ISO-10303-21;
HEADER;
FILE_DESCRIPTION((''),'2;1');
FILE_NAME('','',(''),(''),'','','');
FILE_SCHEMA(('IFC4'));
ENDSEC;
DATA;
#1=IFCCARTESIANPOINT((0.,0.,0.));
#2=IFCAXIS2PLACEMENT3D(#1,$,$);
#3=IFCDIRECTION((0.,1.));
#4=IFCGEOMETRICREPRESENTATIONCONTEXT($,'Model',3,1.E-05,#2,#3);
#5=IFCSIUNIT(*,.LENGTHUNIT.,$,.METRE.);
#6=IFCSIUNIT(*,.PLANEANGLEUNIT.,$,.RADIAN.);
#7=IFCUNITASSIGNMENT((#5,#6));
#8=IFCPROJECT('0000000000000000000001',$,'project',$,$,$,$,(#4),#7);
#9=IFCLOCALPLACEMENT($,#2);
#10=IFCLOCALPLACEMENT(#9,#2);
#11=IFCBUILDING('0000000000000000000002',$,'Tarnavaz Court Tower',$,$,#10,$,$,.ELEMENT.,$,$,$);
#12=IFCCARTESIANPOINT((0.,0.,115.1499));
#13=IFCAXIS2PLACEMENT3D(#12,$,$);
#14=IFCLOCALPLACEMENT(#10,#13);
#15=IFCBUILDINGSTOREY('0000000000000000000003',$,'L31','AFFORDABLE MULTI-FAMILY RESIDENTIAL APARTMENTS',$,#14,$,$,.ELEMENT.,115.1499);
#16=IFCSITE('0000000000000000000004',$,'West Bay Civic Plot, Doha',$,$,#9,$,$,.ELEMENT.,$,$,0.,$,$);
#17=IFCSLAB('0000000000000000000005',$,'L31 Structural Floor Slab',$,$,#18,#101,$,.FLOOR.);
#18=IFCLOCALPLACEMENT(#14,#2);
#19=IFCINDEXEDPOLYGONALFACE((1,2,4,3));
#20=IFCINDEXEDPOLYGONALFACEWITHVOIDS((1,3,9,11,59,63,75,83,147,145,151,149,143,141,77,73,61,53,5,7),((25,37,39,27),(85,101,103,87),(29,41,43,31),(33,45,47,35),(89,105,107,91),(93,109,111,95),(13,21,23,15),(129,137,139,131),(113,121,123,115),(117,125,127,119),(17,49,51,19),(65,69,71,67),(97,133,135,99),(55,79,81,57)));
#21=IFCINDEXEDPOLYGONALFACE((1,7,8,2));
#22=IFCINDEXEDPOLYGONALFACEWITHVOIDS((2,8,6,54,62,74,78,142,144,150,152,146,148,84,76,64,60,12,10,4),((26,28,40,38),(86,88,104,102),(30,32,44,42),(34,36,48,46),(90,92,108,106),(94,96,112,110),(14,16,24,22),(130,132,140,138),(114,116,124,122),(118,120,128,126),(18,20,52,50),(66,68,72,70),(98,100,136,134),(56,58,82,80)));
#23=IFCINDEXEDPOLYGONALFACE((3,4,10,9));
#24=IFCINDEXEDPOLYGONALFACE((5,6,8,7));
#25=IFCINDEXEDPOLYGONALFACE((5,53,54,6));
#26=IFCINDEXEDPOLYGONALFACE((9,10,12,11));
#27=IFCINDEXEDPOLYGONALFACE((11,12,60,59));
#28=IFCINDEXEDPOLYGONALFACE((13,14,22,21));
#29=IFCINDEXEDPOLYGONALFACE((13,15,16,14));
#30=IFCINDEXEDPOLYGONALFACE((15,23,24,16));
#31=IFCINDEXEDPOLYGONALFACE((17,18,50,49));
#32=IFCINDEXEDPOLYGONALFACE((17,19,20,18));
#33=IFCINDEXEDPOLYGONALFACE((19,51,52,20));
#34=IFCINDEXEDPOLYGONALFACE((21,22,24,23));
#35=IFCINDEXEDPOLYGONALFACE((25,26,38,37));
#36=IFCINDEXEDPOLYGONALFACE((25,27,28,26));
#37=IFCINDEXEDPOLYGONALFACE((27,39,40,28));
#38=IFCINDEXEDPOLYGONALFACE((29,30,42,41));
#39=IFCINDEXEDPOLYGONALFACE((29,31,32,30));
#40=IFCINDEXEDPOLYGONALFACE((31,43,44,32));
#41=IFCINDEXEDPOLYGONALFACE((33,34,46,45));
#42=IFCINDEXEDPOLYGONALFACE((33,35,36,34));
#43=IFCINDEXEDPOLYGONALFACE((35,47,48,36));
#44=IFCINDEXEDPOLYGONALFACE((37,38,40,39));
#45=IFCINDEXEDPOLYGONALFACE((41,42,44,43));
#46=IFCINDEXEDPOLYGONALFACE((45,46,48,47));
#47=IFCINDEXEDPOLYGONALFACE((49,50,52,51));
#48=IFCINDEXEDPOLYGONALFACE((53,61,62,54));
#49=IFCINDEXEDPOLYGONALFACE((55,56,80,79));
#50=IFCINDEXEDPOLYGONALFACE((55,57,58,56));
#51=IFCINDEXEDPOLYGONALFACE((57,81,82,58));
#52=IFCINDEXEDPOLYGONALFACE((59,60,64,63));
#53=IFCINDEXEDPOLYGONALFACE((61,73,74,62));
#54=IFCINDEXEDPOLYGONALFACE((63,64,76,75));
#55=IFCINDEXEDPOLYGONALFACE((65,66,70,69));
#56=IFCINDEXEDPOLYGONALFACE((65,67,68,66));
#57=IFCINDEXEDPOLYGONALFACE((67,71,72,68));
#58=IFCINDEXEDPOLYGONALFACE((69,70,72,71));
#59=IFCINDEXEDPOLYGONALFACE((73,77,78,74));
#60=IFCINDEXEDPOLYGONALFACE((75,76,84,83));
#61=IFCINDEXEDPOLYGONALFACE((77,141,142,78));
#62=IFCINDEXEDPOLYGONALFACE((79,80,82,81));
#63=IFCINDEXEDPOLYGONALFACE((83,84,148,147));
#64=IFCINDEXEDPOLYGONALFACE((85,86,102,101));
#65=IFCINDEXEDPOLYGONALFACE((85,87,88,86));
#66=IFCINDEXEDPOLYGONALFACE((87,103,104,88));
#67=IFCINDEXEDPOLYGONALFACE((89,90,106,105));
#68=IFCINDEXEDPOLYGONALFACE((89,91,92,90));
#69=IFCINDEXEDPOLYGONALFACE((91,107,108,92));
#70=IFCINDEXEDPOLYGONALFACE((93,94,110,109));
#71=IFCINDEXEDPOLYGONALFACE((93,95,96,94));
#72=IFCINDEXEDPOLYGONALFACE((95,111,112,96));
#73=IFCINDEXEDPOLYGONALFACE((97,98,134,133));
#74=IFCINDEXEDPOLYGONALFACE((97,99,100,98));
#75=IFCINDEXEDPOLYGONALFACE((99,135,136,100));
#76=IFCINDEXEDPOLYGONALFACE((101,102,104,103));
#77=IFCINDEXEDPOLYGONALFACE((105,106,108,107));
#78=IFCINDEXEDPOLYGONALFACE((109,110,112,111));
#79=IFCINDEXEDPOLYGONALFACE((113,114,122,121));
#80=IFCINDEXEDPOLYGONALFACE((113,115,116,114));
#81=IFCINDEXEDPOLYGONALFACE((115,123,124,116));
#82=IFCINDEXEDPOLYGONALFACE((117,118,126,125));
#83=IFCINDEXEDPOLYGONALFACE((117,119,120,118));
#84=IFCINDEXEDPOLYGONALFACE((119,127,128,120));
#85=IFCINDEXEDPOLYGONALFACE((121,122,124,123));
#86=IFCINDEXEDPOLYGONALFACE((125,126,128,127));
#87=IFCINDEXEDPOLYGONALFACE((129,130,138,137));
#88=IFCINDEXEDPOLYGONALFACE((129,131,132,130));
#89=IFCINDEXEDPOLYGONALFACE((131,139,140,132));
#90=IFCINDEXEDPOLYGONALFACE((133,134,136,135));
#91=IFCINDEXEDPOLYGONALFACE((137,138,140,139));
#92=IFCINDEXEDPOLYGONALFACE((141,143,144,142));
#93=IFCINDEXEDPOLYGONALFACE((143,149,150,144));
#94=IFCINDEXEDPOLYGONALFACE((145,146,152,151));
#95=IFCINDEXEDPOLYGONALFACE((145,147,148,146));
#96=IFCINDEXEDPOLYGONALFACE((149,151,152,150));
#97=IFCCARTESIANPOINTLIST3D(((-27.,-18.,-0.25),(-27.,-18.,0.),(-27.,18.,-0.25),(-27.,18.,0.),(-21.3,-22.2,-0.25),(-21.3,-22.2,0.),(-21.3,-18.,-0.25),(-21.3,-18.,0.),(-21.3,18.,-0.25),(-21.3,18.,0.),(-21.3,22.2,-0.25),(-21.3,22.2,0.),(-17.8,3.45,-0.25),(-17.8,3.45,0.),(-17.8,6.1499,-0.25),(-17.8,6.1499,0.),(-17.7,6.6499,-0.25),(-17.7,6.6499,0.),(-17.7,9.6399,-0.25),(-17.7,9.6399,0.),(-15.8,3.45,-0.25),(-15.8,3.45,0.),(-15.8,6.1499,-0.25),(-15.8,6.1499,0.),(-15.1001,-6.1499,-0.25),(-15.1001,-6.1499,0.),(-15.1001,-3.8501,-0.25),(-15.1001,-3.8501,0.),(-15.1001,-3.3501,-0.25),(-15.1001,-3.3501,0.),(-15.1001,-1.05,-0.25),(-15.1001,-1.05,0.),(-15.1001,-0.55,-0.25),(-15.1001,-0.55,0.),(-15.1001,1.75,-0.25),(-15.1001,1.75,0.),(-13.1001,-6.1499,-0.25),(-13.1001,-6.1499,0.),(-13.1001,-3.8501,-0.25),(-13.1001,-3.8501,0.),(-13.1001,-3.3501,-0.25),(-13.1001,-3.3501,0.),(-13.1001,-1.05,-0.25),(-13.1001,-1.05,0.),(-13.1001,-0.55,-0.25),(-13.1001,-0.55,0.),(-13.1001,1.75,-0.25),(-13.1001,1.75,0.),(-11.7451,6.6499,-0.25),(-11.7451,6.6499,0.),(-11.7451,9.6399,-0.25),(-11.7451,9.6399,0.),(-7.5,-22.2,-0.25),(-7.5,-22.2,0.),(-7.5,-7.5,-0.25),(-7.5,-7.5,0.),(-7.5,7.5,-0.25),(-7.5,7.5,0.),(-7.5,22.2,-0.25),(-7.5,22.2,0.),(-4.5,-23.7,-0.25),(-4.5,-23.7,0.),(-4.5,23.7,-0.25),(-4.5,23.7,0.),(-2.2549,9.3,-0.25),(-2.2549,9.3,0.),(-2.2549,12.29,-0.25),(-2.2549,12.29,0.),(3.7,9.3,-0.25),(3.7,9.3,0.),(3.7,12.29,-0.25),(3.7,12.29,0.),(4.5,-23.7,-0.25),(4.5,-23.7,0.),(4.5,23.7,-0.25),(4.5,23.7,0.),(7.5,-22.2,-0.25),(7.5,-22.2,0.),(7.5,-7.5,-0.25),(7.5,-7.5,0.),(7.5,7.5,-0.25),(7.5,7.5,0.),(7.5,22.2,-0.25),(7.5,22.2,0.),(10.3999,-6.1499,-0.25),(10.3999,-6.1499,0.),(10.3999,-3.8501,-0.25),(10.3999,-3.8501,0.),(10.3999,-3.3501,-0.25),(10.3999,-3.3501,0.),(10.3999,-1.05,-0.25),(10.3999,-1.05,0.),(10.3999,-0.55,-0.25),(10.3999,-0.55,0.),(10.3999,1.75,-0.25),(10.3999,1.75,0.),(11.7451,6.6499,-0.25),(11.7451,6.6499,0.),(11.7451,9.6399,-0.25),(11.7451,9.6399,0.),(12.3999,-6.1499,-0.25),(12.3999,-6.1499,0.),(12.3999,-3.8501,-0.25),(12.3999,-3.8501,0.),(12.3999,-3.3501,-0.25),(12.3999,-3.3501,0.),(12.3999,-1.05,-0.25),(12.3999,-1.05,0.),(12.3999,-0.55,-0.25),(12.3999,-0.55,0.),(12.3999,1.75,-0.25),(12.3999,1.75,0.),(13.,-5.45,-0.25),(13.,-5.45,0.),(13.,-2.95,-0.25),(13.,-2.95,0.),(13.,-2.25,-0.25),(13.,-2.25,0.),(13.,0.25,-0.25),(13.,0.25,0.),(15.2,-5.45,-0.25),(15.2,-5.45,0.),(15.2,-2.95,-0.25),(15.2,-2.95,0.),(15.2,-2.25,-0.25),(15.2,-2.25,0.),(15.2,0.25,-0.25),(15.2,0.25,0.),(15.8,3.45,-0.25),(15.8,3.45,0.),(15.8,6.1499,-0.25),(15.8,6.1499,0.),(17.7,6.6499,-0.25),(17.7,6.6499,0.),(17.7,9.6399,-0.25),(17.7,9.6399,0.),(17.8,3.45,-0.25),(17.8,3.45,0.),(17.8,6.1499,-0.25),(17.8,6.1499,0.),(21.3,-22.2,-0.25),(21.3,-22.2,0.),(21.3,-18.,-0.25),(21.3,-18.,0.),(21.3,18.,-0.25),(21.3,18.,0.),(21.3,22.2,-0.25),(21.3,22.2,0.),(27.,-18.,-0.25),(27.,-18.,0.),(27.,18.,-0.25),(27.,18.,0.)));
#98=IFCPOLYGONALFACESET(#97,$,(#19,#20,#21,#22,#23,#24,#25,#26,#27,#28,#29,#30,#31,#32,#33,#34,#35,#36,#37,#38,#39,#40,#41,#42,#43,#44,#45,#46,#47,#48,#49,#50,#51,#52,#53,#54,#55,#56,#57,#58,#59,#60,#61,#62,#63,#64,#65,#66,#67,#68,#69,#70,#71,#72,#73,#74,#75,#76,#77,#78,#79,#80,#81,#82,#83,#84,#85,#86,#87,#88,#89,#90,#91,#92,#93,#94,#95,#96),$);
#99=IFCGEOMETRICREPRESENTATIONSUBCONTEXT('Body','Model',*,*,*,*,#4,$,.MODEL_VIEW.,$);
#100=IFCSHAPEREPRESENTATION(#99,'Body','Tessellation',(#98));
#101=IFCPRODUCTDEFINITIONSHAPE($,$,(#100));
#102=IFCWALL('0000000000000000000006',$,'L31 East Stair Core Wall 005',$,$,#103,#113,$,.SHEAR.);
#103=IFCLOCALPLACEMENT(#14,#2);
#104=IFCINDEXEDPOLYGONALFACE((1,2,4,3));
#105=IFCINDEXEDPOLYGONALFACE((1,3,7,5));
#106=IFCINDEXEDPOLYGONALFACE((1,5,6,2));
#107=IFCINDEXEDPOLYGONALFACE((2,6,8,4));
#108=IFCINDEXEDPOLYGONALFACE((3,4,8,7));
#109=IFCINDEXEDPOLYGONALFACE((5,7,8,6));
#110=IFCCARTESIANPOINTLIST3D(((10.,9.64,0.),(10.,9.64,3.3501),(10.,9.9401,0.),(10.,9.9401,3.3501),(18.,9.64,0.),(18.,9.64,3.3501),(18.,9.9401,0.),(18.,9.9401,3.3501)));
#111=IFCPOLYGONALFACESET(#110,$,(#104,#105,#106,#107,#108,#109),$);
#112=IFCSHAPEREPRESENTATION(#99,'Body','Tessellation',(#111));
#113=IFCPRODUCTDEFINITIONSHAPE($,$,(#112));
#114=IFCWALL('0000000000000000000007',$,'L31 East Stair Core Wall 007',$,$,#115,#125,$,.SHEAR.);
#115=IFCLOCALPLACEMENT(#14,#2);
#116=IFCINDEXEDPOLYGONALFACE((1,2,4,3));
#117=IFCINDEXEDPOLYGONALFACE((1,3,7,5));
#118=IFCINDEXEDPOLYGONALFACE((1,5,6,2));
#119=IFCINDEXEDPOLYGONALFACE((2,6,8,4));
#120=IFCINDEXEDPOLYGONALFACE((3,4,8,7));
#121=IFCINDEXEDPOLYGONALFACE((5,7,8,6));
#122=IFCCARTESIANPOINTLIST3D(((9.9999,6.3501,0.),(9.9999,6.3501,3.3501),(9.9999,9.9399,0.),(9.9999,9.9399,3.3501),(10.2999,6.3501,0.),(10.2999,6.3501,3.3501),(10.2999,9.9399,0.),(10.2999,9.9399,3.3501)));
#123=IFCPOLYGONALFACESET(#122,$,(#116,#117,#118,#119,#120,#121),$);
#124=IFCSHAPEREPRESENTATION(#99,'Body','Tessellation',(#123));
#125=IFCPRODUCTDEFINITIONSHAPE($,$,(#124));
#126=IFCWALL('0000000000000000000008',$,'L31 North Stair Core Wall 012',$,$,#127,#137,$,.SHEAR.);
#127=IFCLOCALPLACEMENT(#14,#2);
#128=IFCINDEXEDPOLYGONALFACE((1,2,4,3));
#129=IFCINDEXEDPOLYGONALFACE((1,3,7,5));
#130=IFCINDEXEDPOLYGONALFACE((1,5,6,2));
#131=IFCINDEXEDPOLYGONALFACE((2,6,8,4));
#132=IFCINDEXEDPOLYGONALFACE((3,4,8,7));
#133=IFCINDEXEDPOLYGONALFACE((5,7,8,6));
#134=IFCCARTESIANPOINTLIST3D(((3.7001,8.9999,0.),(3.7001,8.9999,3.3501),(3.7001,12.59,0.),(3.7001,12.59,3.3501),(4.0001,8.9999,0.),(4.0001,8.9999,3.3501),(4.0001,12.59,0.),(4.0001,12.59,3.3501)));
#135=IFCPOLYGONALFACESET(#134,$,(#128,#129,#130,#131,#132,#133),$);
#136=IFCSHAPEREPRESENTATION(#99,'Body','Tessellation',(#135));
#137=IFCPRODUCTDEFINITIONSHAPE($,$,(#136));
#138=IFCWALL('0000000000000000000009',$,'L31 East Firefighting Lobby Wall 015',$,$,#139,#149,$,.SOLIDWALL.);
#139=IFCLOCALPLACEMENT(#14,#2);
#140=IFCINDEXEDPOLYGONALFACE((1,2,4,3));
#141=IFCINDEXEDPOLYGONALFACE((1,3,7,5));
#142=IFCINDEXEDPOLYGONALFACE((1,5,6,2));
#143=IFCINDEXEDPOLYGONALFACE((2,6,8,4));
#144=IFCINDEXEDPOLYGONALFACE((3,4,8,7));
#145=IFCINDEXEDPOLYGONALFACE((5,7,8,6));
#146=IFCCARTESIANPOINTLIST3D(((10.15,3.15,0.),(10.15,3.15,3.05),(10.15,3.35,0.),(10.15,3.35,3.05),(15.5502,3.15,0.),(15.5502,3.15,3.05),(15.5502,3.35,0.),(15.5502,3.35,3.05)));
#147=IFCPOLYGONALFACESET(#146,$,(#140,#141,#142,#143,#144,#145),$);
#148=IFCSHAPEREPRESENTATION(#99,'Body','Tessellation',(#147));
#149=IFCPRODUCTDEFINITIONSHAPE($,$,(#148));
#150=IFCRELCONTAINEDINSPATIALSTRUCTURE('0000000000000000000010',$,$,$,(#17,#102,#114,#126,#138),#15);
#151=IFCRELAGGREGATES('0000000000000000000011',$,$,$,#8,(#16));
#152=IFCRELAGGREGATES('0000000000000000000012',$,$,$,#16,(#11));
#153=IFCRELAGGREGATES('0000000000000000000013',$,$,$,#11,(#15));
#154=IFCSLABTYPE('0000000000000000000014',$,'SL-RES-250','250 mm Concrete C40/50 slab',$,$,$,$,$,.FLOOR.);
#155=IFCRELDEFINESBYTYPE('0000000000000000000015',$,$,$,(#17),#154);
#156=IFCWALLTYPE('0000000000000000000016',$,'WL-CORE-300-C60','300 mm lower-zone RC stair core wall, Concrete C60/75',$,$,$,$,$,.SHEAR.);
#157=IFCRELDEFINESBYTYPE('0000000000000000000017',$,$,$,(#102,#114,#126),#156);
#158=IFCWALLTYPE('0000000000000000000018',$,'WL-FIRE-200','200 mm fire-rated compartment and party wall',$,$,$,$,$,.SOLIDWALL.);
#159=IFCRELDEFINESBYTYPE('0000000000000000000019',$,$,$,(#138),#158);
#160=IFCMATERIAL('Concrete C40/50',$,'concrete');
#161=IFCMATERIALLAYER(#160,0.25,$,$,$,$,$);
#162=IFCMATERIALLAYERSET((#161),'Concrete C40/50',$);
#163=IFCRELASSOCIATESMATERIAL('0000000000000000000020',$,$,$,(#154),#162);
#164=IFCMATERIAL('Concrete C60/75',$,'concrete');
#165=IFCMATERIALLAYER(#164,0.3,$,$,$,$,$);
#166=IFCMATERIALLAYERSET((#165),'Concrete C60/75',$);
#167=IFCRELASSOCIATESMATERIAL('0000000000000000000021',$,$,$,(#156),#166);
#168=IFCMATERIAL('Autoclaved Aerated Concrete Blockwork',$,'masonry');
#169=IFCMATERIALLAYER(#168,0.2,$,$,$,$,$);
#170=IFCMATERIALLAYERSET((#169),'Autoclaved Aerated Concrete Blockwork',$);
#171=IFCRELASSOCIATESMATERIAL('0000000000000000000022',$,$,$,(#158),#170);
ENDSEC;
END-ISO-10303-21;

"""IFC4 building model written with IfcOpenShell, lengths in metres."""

from ifc_helpers import new_model, si_unit, direction, frame, frame_2d, origin, place, context, subcontext, project, spatial, polyline, rectangle, outline, extrude, material, layer, layer_set, type_object, element, save


model = new_model("IFC4")

# Units and contexts
model_context = context("Model", 3, precision=1e-05, world=origin(), true_north=direction((0.0, 1.0)))
body_context = subcontext(model_context, "Body", "Model", "MODEL_VIEW")
ifc_project = project(units=[si_unit("LENGTHUNIT", "METRE"), si_unit("PLANEANGLEUNIT", "RADIAN")], contexts=[model_context])

# Site, building, storey
site_placement = place(None, origin())
site = spatial("IfcSite", under=ifc_project, at=site_placement, Name="West Bay Civic Plot, Doha", CompositionType="ELEMENT", RefElevation=0.0)
building_placement = place(site_placement, origin())
building = spatial("IfcBuilding", under=site, at=building_placement, Name="Tarnavaz Court Tower", CompositionType="ELEMENT")
storey_placement = place(building_placement, frame((0.0, 0.0, 115.1499)))
storey = spatial("IfcBuildingStorey", under=building, at=storey_placement, Name="L31", Description="AFFORDABLE MULTI-FAMILY RESIDENTIAL APARTMENTS", CompositionType="ELEMENT", Elevation=115.1499)

# Shared definitions
ifc_material_1 = material(Name="Concrete C60/75", Category="concrete")

# Shared definitions
ifc_material_2 = material(Name="Concrete C40/50", Category="concrete")

# Slab
ifc_layer_1 = layer(ifc_material_2, 0.25)
ifc_layer_set_1 = layer_set([ifc_layer_1], Name="Concrete C40/50")
slab_type_1 = type_object("IfcSlabType", Name="SL-RES-250", Description="250 mm Concrete C40/50 slab", PredefinedType="FLOOR", material=ifc_layer_set_1)
slab_1_placement = place(storey_placement, frame((0.0, 0.0, -0.25)))
element("IfcSlab", 1, at=slab_1_placement, inside=storey, type_object=slab_type_1, Name="L31 Structural Floor Slab", PredefinedType="FLOOR", context=body_context, shape_type="SweptSolid", body=[
    extrude(outline(polyline([(-21.3, -22.2), (-7.5, -22.2), (-4.5, -23.7), (4.5, -23.7), (7.5, -22.2), (21.3, -22.2), (21.3, -18.0), (27.0, -18.0), (27.0, 18.0), (21.3, 18.0), (21.3, 22.2), (7.5, 22.2), (4.5, 23.7), (-4.5, 23.7), (-7.5, 22.2), (-21.3, 22.2), (-21.3, 18.0), (-27.0, 18.0), (-27.0, -18.0), (-21.3, -18.0), (-21.3, -22.2)]), holes=[polyline([(-7.5, -7.5), (7.5, -7.5), (7.5, 7.5), (-7.5, 7.5), (-7.5, -7.5)]), polyline([(-11.7451, 9.6399), (-17.7, 9.6399), (-17.7, 6.6499), (-11.7451, 6.6499), (-11.7451, 9.6399)]), polyline([(11.7451, 6.6499), (17.7, 6.6499), (17.7, 9.6399), (11.7451, 9.6399), (11.7451, 6.6499)]), polyline([(-2.2549, 9.3), (3.7, 9.3), (3.7, 12.29), (-2.2549, 12.29), (-2.2549, 9.3)]), polyline([(-17.8, 3.45), (-15.8, 3.45), (-15.8, 6.1499), (-17.8, 6.1499), (-17.8, 3.45)]), polyline([(-15.1001, -6.1499), (-13.1001, -6.1499), (-13.1001, -3.8501), (-15.1001, -3.8501), (-15.1001, -6.1499)]), polyline([(-15.1001, -3.3501), (-13.1001, -3.3501), (-13.1001, -1.05), (-15.1001, -1.05), (-15.1001, -3.3501)]), polyline([(-15.1001, -0.55), (-13.1001, -0.55), (-13.1001, 1.75), (-15.1001, 1.75), (-15.1001, -0.55)]), polyline([(15.8, 3.45), (17.8, 3.45), (17.8, 6.1499), (15.8, 6.1499), (15.8, 3.45)]), polyline([(10.3999, -6.1499), (12.3999, -6.1499), (12.3999, -3.8501), (10.3999, -3.8501), (10.3999, -6.1499)]), polyline([(10.3999, -3.3501), (12.3999, -3.3501), (12.3999, -1.05), (10.3999, -1.05), (10.3999, -3.3501)]), polyline([(10.3999, -0.55), (12.3999, -0.55), (12.3999, 1.75), (10.3999, 1.75), (10.3999, -0.55)]), polyline([(13.0, -5.45), (15.2, -5.45), (15.2, -2.95), (13.0, -2.95), (13.0, -5.45)]), polyline([(13.0, -2.25), (15.2, -2.25), (15.2, 0.25), (13.0, 0.25), (13.0, -2.25)])]), origin(), (0.0, 0.0, 1.0), 0.25),
])

# Wall
ifc_layer_2 = layer(ifc_material_1, 0.3)
ifc_layer_set_2 = layer_set([ifc_layer_2], Name="Concrete C60/75")
wall_type_1 = type_object("IfcWallType", Name="WL-CORE-300-C60", Description="300 mm lower-zone RC stair core wall, Concrete C60/75", PredefinedType="SHEAR", material=ifc_layer_set_2)
wall_1_placement = place(storey_placement, frame((10.0, 9.79, 0.0), z_axis=(0.0, 0.0, 1.0), x_axis=(1.0, 0.0, 0.0)))
element("IfcWall", 2, at=wall_1_placement, inside=storey, type_object=wall_type_1, Name="L31 East Stair Core Wall 005", PredefinedType="SHEAR", context=body_context, shape_type="SweptSolid", body=[
    extrude(rectangle(XDim=8.0, YDim=0.3, at=frame_2d((4.0, 0.0))), origin(), (0.0, 0.0, 1.0), 3.3501),
])

# Walls
wall_2_placement = place(storey_placement, frame((10.1499, 6.3501, 0.0), z_axis=(0.0, 0.0, 1.0), x_axis=(0.0, 1.0, 0.0)))
element("IfcWall", 3, at=wall_2_placement, inside=storey, type_object=wall_type_1, Name="L31 East Stair Core Wall 007", PredefinedType="SHEAR", context=body_context, shape_type="SweptSolid", body=[
    extrude(rectangle(XDim=3.5898, YDim=0.3, at=frame_2d((1.7949, 0.0))), origin(), (0.0, 0.0, 1.0), 3.3501),
])
wall_3_placement = place(storey_placement, frame((3.8501, 9.0, 0.0), z_axis=(0.0, 0.0, 1.0), x_axis=(0.0, 1.0, 0.0)))
element("IfcWall", 4, at=wall_3_placement, inside=storey, type_object=wall_type_1, Name="L31 North Stair Core Wall 012", PredefinedType="SHEAR", context=body_context, shape_type="SweptSolid", body=[
    extrude(rectangle(XDim=3.5901, YDim=0.3, at=frame_2d((1.7949, 0.0))), origin(), (0.0, 0.0, 1.0), 3.3501),
])
ifc_material_3 = material(Name="Autoclaved Aerated Concrete Blockwork", Category="masonry")
ifc_layer_3 = layer(ifc_material_3, 0.2)
ifc_layer_set_3 = layer_set([ifc_layer_3], Name="Autoclaved Aerated Concrete Blockwork")
wall_type_2 = type_object("IfcWallType", Name="WL-FIRE-200", Description="200 mm fire-rated compartment and party wall", PredefinedType="SOLIDWALL", material=ifc_layer_set_3)
wall_4_placement = place(storey_placement, frame((10.1499, 3.25, 0.0), z_axis=(0.0, 0.0, 1.0), x_axis=(1.0, 0.0, 0.0)))
element("IfcWall", 5, at=wall_4_placement, inside=storey, type_object=wall_type_2, Name="L31 East Firefighting Lobby Wall 015", PredefinedType="SOLIDWALL", context=body_context, shape_type="SweptSolid", body=[
    extrude(rectangle(XDim=5.4001, YDim=0.2, at=frame_2d((2.7002, 0.0))), origin(), (0.0, 0.0, 1.0), 3.05),
])

save(model, "model.ifc")
